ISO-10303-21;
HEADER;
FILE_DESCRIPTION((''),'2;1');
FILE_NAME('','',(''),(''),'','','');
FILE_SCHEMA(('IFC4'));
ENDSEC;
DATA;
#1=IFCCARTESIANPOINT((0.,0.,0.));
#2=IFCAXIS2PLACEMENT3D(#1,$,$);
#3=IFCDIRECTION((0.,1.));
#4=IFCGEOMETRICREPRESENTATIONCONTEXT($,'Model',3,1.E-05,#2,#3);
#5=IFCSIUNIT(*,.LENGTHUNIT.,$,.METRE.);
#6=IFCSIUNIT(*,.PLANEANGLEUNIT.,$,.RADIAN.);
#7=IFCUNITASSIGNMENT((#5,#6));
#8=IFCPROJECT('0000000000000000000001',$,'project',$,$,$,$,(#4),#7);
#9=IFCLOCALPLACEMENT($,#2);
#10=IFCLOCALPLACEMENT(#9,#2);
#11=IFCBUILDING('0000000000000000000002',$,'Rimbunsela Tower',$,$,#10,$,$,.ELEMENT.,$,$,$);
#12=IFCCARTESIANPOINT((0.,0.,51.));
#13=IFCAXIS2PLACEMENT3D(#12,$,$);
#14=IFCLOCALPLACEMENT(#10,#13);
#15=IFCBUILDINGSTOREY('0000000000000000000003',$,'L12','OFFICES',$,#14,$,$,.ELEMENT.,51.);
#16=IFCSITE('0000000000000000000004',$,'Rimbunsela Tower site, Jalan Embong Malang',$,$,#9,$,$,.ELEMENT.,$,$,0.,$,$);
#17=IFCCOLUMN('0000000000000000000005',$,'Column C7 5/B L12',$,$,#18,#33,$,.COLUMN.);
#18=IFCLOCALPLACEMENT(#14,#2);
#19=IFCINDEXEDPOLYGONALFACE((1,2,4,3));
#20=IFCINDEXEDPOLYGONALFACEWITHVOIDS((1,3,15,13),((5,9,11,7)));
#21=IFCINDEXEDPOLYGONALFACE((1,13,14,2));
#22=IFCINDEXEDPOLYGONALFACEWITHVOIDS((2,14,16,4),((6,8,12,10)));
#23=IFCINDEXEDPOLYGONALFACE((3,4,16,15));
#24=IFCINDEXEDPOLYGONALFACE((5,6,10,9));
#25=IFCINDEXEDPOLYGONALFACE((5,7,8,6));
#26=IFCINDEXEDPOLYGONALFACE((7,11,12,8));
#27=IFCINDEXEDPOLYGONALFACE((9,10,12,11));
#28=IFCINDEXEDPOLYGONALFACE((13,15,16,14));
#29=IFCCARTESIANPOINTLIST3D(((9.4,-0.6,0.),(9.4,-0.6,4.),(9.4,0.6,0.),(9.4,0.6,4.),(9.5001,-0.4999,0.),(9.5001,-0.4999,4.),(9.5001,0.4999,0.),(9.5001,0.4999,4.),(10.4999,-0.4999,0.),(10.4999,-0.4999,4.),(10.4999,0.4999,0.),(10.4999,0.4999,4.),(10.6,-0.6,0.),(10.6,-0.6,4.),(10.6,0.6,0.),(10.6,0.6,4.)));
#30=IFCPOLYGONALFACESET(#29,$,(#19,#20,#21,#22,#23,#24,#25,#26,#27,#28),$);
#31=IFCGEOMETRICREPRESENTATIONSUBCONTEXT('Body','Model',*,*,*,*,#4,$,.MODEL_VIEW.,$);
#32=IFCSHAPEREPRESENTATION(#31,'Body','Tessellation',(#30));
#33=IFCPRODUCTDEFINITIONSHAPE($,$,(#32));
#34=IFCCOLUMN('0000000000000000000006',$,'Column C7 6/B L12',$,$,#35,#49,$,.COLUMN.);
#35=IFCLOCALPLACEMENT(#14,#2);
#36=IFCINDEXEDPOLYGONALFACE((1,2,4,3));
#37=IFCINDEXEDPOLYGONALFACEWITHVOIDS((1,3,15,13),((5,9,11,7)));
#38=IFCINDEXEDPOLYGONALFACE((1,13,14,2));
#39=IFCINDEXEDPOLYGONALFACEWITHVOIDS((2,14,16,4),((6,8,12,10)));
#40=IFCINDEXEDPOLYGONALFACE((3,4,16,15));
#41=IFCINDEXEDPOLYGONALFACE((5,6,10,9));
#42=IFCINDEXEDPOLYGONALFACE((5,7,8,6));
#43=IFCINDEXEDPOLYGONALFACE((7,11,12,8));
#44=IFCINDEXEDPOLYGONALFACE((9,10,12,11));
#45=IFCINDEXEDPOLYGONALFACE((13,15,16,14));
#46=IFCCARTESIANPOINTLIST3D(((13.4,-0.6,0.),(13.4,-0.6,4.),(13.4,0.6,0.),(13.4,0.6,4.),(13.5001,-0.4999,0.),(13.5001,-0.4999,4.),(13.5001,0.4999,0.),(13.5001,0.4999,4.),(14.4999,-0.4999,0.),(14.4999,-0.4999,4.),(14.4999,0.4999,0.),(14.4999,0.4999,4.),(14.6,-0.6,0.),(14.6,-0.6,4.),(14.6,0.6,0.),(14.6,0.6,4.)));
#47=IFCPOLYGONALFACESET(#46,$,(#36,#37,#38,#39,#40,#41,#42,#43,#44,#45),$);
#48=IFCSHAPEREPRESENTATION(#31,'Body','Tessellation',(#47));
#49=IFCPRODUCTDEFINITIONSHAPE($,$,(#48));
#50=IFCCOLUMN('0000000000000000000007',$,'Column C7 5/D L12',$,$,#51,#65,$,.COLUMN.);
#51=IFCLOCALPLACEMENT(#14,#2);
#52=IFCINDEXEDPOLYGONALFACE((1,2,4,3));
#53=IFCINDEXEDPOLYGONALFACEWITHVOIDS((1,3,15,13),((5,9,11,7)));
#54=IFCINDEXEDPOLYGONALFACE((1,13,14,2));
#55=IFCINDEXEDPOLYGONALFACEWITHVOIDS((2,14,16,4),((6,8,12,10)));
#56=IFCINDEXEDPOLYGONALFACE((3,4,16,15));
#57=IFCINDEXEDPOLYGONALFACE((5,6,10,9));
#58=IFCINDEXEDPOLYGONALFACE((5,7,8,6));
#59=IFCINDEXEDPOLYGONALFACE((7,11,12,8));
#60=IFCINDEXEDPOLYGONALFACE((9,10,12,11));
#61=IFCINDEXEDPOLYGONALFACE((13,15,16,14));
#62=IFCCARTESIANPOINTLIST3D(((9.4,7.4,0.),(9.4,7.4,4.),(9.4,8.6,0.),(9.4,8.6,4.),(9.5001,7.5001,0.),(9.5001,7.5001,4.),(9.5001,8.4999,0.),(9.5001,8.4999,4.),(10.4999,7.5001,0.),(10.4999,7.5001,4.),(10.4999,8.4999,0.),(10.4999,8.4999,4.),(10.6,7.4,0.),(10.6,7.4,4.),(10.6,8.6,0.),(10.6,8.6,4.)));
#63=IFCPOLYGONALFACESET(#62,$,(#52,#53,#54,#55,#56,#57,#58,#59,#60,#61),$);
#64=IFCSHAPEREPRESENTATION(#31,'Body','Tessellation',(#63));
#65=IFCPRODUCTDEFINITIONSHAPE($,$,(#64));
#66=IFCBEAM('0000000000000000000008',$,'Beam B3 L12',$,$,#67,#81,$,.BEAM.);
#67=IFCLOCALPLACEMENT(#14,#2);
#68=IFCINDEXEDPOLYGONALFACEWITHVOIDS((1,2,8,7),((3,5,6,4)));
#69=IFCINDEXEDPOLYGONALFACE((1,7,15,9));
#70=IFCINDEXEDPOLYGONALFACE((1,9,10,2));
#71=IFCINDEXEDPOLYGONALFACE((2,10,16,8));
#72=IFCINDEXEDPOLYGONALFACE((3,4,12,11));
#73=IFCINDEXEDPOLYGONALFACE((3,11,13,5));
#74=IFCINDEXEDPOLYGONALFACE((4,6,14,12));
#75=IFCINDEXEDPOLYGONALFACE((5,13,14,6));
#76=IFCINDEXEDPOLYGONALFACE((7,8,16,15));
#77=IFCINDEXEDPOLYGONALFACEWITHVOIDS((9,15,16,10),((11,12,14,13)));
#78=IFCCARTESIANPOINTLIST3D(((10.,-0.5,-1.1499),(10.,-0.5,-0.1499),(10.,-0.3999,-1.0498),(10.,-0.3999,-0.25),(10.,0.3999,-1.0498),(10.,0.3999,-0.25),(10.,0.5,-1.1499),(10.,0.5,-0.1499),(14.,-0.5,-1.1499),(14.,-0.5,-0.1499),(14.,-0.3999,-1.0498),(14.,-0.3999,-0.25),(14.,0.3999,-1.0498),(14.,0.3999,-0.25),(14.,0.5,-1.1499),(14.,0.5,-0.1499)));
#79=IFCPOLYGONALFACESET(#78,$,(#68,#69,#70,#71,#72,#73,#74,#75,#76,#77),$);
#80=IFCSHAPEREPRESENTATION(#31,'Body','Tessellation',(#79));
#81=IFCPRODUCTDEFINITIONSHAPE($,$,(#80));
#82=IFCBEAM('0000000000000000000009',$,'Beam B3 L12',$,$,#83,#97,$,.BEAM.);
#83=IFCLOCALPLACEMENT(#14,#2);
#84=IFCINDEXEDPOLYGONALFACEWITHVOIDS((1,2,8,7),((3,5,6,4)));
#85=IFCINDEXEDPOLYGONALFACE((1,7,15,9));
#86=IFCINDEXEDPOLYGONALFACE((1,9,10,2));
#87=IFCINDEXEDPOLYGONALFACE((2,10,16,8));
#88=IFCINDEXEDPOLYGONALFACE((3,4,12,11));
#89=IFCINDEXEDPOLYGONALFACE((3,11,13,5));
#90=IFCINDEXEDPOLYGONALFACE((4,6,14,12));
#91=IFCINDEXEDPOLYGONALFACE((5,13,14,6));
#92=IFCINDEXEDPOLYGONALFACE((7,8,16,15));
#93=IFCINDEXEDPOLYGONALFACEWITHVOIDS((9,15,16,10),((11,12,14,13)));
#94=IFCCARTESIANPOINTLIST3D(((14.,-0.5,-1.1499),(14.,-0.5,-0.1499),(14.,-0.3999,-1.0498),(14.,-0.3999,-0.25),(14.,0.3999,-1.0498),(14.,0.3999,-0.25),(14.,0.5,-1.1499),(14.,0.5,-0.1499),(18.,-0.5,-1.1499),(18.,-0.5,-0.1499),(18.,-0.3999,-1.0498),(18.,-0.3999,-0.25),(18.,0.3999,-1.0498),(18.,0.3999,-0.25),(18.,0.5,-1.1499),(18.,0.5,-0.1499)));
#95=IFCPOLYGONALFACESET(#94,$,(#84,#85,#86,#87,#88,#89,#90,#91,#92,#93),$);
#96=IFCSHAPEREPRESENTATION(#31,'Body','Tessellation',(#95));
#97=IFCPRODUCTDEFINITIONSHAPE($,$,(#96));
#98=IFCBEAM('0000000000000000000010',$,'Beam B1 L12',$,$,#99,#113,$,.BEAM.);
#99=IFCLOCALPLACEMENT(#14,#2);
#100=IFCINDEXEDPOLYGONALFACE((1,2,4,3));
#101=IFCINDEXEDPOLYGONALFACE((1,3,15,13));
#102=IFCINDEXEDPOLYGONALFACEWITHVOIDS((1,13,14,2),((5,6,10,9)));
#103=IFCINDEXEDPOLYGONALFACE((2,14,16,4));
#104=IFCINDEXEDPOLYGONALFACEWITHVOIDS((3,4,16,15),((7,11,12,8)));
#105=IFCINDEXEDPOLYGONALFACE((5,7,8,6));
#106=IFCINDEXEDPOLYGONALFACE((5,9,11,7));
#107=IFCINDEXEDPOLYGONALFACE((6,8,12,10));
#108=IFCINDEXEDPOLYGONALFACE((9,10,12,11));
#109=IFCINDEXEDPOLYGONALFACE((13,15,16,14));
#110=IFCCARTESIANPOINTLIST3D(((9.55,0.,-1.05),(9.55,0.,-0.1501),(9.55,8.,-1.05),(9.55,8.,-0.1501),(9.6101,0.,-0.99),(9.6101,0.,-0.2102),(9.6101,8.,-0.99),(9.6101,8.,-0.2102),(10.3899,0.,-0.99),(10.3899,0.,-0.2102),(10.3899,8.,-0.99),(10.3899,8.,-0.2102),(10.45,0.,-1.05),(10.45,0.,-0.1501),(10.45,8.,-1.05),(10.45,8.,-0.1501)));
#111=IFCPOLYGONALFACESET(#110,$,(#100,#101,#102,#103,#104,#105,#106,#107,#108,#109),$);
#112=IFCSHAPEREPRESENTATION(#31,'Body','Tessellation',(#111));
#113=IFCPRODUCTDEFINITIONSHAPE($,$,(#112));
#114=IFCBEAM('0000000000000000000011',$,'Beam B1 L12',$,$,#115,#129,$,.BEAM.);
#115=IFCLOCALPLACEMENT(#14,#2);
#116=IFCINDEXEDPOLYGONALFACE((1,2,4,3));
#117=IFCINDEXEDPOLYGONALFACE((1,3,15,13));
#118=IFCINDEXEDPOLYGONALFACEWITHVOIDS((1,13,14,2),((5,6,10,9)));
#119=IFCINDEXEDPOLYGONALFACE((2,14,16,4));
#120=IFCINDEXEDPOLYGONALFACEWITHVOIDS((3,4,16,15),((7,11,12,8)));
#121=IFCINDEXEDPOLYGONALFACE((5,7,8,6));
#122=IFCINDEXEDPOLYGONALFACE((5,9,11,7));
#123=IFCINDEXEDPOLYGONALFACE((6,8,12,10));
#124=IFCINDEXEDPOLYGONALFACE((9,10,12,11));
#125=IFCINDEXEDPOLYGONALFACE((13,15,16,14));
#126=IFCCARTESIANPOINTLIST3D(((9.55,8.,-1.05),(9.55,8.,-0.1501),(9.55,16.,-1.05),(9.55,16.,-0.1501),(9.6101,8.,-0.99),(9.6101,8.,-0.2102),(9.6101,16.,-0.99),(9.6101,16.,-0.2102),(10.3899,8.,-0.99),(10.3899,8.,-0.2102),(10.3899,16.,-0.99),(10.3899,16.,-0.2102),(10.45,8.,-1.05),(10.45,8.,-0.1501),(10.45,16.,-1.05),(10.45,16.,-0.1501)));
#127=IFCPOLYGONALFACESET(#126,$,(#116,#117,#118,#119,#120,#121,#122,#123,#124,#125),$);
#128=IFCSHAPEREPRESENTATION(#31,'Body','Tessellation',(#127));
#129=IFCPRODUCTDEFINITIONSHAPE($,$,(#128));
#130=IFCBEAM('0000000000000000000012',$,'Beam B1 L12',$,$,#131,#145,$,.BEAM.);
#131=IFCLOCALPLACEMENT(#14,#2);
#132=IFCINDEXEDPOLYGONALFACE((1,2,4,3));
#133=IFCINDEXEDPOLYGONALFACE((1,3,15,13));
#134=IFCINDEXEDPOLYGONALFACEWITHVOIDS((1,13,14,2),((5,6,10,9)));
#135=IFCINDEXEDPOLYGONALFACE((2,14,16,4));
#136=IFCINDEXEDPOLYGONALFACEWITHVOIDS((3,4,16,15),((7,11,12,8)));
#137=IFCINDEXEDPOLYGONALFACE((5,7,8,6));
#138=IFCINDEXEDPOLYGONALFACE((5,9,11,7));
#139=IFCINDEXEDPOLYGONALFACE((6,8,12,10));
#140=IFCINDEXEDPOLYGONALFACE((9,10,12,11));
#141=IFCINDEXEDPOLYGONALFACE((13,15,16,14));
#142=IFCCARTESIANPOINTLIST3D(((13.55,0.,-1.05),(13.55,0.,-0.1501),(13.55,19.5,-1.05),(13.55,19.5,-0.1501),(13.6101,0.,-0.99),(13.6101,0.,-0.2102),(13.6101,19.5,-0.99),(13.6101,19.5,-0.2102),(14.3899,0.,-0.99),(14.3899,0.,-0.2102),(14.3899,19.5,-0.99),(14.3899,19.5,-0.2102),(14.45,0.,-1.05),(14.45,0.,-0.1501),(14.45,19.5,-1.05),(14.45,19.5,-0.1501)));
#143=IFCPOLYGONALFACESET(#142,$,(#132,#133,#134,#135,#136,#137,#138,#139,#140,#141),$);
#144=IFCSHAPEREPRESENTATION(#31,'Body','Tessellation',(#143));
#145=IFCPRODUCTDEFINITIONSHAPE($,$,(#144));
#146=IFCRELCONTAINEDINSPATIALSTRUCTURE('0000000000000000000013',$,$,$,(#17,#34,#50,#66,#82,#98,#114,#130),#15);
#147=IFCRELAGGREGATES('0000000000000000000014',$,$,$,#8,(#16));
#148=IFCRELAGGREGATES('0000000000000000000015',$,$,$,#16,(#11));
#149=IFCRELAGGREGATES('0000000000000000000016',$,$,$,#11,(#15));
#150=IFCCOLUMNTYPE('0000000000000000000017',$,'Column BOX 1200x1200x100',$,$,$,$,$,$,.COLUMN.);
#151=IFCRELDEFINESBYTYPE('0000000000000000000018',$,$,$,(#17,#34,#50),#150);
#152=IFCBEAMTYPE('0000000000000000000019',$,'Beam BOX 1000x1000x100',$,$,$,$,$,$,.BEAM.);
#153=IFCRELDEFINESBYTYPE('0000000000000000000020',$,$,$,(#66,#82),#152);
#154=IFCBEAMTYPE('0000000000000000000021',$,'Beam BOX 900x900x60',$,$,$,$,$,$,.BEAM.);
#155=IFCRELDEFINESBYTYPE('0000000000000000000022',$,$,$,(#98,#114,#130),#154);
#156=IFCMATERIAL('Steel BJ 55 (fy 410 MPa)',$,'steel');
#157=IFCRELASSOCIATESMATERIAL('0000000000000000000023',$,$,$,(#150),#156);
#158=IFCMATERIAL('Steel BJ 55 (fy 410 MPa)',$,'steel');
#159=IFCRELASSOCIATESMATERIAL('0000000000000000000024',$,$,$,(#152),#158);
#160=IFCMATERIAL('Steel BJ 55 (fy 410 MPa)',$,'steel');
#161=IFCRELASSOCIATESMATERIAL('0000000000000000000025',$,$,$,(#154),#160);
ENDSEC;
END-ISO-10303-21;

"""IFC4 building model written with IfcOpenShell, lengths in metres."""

from ifc_helpers import new_model, si_unit, direction, frame, origin, origin_2d, place, context, subcontext, project, spatial, hollow_rectangle, extrude, material, material_profile, profile_set, type_object, element, save


model = new_model("IFC4")

# Units and contexts
model_context = context("Model", 3, precision=1e-05, world=origin(), true_north=direction((0.0, 1.0)))
body_context = subcontext(model_context, "Body", "Model", "MODEL_VIEW")
ifc_project = project(units=[si_unit("LENGTHUNIT", "METRE"), si_unit("PLANEANGLEUNIT", "RADIAN")], contexts=[model_context])

# Site, building, storey
site_placement = place(None, origin())
site = spatial("IfcSite", under=ifc_project, at=site_placement, Name="Rimbunsela Tower site, Jalan Embong Malang", CompositionType="ELEMENT", RefElevation=0.0)
building_placement = place(site_placement, origin())
building = spatial("IfcBuilding", under=site, at=building_placement, Name="Rimbunsela Tower", CompositionType="ELEMENT")
storey_placement = place(building_placement, frame((0.0, 0.0, 51.0)))
storey = spatial("IfcBuildingStorey", under=building, at=storey_placement, Name="L12", Description="OFFICES", CompositionType="ELEMENT", Elevation=51.0)

# Columns
ifc_material_1 = material(Name="Steel BJ 55 (fy 410 MPa)", Category="steel")
ifc_material_profile_1 = material_profile(ifc_material_1, hollow_rectangle(XDim=1.2, YDim=1.2, WallThickness=0.1001, at=origin_2d()), Name="BOX 1200x1200x100")
ifc_profile_set_1 = profile_set([ifc_material_profile_1], Name="Steel BJ 55 (fy 410 MPa)")
column_type = type_object("IfcColumnType", Name="Column BOX 1200x1200x100", PredefinedType="COLUMN", material=ifc_profile_set_1)
for number, where, z_axis, x_axis, name in (
    (1, (10.0, 0.0, 0.0), (0.0, 0.0, 1.0), (1.0, 0.0, 0.0), "Column C7 5/B L12"),
    (2, (14.0, 0.0, 0.0), (0.0, 0.0, 1.0), (1.0, 0.0, 0.0), "Column C7 6/B L12"),
    (3, (10.0, 8.0, 0.0), (0.0, 0.0, 1.0), (1.0, 0.0, 0.0), "Column C7 5/D L12"),
):
    element("IfcColumn", number, at=place(storey_placement, frame(where, z_axis=z_axis, x_axis=x_axis)), inside=storey, type_object=column_type, Name=name, PredefinedType="COLUMN", context=body_context, shape_type="SweptSolid", body=[
        extrude(hollow_rectangle(XDim=1.2, YDim=1.2, WallThickness=0.1001, at=origin_2d()), origin(), (0.0, 0.0, 1.0), 4.0),
    ])

# Beams
ifc_material_2 = material(Name="Steel BJ 55 (fy 410 MPa)", Category="steel")
ifc_material_profile_2 = material_profile(ifc_material_2, hollow_rectangle(XDim=1.0, YDim=1.0, WallThickness=0.1001, at=origin_2d()), Name="BOX 1000x1000x100")
ifc_profile_set_2 = profile_set([ifc_material_profile_2], Name="Steel BJ 55 (fy 410 MPa)")
beam_type_1 = type_object("IfcBeamType", Name="Beam BOX 1000x1000x100", PredefinedType="BEAM", material=ifc_profile_set_2)
for number, where, z_axis, x_axis, name in (
    (4, (10.0, 0.0, -0.6499), (1.0, 0.0, 0.0), (0.0, 1.0, 0.0), "Beam B3 L12"),
    (5, (14.0, 0.0, -0.6499), (1.0, 0.0, 0.0), (0.0, 1.0, 0.0), "Beam B3 L12"),
):
    element("IfcBeam", number, at=place(storey_placement, frame(where, z_axis=z_axis, x_axis=x_axis)), inside=storey, type_object=beam_type_1, Name=name, PredefinedType="BEAM", context=body_context, shape_type="SweptSolid", body=[
        extrude(hollow_rectangle(XDim=1.0, YDim=1.0, WallThickness=0.1001, at=origin_2d()), origin(), (0.0, 0.0, 1.0), 4.0),
    ])
ifc_material_3 = material(Name="Steel BJ 55 (fy 410 MPa)", Category="steel")
ifc_material_profile_3 = material_profile(ifc_material_3, hollow_rectangle(XDim=0.8999, YDim=0.8999, WallThickness=0.0601, at=origin_2d()), Name="BOX 900x900x60")
ifc_profile_set_3 = profile_set([ifc_material_profile_3], Name="Steel BJ 55 (fy 410 MPa)")
beam_type_2 = type_object("IfcBeamType", Name="Beam BOX 900x900x60", PredefinedType="BEAM", material=ifc_profile_set_3)
for number, where, z_axis, x_axis, name in (
    (6, (10.0, 0.0, -0.6001), (0.0, 1.0, 0.0), (-1.0, 0.0, 0.0), "Beam B1 L12"),
    (7, (10.0, 8.0, -0.6001), (0.0, 1.0, 0.0), (-1.0, 0.0, 0.0), "Beam B1 L12"),
):
    element("IfcBeam", number, at=place(storey_placement, frame(where, z_axis=z_axis, x_axis=x_axis)), inside=storey, type_object=beam_type_2, Name=name, PredefinedType="BEAM", context=body_context, shape_type="SweptSolid", body=[
        extrude(hollow_rectangle(XDim=0.8999, YDim=0.8999, WallThickness=0.0601, at=origin_2d()), origin(), (0.0, 0.0, 1.0), 8.0),
    ])
beam_placement = place(storey_placement, frame((14.0, 0.0, -0.6001), z_axis=(0.0, 1.0, 0.0), x_axis=(-1.0, 0.0, 0.0)))
element("IfcBeam", 8, at=beam_placement, inside=storey, type_object=beam_type_2, Name="Beam B1 L12", PredefinedType="BEAM", context=body_context, shape_type="SweptSolid", body=[
    extrude(hollow_rectangle(XDim=0.8999, YDim=0.8999, WallThickness=0.0601, at=origin_2d()), origin(), (0.0, 0.0, 1.0), 19.5),
])

save(model, "model.ifc")
